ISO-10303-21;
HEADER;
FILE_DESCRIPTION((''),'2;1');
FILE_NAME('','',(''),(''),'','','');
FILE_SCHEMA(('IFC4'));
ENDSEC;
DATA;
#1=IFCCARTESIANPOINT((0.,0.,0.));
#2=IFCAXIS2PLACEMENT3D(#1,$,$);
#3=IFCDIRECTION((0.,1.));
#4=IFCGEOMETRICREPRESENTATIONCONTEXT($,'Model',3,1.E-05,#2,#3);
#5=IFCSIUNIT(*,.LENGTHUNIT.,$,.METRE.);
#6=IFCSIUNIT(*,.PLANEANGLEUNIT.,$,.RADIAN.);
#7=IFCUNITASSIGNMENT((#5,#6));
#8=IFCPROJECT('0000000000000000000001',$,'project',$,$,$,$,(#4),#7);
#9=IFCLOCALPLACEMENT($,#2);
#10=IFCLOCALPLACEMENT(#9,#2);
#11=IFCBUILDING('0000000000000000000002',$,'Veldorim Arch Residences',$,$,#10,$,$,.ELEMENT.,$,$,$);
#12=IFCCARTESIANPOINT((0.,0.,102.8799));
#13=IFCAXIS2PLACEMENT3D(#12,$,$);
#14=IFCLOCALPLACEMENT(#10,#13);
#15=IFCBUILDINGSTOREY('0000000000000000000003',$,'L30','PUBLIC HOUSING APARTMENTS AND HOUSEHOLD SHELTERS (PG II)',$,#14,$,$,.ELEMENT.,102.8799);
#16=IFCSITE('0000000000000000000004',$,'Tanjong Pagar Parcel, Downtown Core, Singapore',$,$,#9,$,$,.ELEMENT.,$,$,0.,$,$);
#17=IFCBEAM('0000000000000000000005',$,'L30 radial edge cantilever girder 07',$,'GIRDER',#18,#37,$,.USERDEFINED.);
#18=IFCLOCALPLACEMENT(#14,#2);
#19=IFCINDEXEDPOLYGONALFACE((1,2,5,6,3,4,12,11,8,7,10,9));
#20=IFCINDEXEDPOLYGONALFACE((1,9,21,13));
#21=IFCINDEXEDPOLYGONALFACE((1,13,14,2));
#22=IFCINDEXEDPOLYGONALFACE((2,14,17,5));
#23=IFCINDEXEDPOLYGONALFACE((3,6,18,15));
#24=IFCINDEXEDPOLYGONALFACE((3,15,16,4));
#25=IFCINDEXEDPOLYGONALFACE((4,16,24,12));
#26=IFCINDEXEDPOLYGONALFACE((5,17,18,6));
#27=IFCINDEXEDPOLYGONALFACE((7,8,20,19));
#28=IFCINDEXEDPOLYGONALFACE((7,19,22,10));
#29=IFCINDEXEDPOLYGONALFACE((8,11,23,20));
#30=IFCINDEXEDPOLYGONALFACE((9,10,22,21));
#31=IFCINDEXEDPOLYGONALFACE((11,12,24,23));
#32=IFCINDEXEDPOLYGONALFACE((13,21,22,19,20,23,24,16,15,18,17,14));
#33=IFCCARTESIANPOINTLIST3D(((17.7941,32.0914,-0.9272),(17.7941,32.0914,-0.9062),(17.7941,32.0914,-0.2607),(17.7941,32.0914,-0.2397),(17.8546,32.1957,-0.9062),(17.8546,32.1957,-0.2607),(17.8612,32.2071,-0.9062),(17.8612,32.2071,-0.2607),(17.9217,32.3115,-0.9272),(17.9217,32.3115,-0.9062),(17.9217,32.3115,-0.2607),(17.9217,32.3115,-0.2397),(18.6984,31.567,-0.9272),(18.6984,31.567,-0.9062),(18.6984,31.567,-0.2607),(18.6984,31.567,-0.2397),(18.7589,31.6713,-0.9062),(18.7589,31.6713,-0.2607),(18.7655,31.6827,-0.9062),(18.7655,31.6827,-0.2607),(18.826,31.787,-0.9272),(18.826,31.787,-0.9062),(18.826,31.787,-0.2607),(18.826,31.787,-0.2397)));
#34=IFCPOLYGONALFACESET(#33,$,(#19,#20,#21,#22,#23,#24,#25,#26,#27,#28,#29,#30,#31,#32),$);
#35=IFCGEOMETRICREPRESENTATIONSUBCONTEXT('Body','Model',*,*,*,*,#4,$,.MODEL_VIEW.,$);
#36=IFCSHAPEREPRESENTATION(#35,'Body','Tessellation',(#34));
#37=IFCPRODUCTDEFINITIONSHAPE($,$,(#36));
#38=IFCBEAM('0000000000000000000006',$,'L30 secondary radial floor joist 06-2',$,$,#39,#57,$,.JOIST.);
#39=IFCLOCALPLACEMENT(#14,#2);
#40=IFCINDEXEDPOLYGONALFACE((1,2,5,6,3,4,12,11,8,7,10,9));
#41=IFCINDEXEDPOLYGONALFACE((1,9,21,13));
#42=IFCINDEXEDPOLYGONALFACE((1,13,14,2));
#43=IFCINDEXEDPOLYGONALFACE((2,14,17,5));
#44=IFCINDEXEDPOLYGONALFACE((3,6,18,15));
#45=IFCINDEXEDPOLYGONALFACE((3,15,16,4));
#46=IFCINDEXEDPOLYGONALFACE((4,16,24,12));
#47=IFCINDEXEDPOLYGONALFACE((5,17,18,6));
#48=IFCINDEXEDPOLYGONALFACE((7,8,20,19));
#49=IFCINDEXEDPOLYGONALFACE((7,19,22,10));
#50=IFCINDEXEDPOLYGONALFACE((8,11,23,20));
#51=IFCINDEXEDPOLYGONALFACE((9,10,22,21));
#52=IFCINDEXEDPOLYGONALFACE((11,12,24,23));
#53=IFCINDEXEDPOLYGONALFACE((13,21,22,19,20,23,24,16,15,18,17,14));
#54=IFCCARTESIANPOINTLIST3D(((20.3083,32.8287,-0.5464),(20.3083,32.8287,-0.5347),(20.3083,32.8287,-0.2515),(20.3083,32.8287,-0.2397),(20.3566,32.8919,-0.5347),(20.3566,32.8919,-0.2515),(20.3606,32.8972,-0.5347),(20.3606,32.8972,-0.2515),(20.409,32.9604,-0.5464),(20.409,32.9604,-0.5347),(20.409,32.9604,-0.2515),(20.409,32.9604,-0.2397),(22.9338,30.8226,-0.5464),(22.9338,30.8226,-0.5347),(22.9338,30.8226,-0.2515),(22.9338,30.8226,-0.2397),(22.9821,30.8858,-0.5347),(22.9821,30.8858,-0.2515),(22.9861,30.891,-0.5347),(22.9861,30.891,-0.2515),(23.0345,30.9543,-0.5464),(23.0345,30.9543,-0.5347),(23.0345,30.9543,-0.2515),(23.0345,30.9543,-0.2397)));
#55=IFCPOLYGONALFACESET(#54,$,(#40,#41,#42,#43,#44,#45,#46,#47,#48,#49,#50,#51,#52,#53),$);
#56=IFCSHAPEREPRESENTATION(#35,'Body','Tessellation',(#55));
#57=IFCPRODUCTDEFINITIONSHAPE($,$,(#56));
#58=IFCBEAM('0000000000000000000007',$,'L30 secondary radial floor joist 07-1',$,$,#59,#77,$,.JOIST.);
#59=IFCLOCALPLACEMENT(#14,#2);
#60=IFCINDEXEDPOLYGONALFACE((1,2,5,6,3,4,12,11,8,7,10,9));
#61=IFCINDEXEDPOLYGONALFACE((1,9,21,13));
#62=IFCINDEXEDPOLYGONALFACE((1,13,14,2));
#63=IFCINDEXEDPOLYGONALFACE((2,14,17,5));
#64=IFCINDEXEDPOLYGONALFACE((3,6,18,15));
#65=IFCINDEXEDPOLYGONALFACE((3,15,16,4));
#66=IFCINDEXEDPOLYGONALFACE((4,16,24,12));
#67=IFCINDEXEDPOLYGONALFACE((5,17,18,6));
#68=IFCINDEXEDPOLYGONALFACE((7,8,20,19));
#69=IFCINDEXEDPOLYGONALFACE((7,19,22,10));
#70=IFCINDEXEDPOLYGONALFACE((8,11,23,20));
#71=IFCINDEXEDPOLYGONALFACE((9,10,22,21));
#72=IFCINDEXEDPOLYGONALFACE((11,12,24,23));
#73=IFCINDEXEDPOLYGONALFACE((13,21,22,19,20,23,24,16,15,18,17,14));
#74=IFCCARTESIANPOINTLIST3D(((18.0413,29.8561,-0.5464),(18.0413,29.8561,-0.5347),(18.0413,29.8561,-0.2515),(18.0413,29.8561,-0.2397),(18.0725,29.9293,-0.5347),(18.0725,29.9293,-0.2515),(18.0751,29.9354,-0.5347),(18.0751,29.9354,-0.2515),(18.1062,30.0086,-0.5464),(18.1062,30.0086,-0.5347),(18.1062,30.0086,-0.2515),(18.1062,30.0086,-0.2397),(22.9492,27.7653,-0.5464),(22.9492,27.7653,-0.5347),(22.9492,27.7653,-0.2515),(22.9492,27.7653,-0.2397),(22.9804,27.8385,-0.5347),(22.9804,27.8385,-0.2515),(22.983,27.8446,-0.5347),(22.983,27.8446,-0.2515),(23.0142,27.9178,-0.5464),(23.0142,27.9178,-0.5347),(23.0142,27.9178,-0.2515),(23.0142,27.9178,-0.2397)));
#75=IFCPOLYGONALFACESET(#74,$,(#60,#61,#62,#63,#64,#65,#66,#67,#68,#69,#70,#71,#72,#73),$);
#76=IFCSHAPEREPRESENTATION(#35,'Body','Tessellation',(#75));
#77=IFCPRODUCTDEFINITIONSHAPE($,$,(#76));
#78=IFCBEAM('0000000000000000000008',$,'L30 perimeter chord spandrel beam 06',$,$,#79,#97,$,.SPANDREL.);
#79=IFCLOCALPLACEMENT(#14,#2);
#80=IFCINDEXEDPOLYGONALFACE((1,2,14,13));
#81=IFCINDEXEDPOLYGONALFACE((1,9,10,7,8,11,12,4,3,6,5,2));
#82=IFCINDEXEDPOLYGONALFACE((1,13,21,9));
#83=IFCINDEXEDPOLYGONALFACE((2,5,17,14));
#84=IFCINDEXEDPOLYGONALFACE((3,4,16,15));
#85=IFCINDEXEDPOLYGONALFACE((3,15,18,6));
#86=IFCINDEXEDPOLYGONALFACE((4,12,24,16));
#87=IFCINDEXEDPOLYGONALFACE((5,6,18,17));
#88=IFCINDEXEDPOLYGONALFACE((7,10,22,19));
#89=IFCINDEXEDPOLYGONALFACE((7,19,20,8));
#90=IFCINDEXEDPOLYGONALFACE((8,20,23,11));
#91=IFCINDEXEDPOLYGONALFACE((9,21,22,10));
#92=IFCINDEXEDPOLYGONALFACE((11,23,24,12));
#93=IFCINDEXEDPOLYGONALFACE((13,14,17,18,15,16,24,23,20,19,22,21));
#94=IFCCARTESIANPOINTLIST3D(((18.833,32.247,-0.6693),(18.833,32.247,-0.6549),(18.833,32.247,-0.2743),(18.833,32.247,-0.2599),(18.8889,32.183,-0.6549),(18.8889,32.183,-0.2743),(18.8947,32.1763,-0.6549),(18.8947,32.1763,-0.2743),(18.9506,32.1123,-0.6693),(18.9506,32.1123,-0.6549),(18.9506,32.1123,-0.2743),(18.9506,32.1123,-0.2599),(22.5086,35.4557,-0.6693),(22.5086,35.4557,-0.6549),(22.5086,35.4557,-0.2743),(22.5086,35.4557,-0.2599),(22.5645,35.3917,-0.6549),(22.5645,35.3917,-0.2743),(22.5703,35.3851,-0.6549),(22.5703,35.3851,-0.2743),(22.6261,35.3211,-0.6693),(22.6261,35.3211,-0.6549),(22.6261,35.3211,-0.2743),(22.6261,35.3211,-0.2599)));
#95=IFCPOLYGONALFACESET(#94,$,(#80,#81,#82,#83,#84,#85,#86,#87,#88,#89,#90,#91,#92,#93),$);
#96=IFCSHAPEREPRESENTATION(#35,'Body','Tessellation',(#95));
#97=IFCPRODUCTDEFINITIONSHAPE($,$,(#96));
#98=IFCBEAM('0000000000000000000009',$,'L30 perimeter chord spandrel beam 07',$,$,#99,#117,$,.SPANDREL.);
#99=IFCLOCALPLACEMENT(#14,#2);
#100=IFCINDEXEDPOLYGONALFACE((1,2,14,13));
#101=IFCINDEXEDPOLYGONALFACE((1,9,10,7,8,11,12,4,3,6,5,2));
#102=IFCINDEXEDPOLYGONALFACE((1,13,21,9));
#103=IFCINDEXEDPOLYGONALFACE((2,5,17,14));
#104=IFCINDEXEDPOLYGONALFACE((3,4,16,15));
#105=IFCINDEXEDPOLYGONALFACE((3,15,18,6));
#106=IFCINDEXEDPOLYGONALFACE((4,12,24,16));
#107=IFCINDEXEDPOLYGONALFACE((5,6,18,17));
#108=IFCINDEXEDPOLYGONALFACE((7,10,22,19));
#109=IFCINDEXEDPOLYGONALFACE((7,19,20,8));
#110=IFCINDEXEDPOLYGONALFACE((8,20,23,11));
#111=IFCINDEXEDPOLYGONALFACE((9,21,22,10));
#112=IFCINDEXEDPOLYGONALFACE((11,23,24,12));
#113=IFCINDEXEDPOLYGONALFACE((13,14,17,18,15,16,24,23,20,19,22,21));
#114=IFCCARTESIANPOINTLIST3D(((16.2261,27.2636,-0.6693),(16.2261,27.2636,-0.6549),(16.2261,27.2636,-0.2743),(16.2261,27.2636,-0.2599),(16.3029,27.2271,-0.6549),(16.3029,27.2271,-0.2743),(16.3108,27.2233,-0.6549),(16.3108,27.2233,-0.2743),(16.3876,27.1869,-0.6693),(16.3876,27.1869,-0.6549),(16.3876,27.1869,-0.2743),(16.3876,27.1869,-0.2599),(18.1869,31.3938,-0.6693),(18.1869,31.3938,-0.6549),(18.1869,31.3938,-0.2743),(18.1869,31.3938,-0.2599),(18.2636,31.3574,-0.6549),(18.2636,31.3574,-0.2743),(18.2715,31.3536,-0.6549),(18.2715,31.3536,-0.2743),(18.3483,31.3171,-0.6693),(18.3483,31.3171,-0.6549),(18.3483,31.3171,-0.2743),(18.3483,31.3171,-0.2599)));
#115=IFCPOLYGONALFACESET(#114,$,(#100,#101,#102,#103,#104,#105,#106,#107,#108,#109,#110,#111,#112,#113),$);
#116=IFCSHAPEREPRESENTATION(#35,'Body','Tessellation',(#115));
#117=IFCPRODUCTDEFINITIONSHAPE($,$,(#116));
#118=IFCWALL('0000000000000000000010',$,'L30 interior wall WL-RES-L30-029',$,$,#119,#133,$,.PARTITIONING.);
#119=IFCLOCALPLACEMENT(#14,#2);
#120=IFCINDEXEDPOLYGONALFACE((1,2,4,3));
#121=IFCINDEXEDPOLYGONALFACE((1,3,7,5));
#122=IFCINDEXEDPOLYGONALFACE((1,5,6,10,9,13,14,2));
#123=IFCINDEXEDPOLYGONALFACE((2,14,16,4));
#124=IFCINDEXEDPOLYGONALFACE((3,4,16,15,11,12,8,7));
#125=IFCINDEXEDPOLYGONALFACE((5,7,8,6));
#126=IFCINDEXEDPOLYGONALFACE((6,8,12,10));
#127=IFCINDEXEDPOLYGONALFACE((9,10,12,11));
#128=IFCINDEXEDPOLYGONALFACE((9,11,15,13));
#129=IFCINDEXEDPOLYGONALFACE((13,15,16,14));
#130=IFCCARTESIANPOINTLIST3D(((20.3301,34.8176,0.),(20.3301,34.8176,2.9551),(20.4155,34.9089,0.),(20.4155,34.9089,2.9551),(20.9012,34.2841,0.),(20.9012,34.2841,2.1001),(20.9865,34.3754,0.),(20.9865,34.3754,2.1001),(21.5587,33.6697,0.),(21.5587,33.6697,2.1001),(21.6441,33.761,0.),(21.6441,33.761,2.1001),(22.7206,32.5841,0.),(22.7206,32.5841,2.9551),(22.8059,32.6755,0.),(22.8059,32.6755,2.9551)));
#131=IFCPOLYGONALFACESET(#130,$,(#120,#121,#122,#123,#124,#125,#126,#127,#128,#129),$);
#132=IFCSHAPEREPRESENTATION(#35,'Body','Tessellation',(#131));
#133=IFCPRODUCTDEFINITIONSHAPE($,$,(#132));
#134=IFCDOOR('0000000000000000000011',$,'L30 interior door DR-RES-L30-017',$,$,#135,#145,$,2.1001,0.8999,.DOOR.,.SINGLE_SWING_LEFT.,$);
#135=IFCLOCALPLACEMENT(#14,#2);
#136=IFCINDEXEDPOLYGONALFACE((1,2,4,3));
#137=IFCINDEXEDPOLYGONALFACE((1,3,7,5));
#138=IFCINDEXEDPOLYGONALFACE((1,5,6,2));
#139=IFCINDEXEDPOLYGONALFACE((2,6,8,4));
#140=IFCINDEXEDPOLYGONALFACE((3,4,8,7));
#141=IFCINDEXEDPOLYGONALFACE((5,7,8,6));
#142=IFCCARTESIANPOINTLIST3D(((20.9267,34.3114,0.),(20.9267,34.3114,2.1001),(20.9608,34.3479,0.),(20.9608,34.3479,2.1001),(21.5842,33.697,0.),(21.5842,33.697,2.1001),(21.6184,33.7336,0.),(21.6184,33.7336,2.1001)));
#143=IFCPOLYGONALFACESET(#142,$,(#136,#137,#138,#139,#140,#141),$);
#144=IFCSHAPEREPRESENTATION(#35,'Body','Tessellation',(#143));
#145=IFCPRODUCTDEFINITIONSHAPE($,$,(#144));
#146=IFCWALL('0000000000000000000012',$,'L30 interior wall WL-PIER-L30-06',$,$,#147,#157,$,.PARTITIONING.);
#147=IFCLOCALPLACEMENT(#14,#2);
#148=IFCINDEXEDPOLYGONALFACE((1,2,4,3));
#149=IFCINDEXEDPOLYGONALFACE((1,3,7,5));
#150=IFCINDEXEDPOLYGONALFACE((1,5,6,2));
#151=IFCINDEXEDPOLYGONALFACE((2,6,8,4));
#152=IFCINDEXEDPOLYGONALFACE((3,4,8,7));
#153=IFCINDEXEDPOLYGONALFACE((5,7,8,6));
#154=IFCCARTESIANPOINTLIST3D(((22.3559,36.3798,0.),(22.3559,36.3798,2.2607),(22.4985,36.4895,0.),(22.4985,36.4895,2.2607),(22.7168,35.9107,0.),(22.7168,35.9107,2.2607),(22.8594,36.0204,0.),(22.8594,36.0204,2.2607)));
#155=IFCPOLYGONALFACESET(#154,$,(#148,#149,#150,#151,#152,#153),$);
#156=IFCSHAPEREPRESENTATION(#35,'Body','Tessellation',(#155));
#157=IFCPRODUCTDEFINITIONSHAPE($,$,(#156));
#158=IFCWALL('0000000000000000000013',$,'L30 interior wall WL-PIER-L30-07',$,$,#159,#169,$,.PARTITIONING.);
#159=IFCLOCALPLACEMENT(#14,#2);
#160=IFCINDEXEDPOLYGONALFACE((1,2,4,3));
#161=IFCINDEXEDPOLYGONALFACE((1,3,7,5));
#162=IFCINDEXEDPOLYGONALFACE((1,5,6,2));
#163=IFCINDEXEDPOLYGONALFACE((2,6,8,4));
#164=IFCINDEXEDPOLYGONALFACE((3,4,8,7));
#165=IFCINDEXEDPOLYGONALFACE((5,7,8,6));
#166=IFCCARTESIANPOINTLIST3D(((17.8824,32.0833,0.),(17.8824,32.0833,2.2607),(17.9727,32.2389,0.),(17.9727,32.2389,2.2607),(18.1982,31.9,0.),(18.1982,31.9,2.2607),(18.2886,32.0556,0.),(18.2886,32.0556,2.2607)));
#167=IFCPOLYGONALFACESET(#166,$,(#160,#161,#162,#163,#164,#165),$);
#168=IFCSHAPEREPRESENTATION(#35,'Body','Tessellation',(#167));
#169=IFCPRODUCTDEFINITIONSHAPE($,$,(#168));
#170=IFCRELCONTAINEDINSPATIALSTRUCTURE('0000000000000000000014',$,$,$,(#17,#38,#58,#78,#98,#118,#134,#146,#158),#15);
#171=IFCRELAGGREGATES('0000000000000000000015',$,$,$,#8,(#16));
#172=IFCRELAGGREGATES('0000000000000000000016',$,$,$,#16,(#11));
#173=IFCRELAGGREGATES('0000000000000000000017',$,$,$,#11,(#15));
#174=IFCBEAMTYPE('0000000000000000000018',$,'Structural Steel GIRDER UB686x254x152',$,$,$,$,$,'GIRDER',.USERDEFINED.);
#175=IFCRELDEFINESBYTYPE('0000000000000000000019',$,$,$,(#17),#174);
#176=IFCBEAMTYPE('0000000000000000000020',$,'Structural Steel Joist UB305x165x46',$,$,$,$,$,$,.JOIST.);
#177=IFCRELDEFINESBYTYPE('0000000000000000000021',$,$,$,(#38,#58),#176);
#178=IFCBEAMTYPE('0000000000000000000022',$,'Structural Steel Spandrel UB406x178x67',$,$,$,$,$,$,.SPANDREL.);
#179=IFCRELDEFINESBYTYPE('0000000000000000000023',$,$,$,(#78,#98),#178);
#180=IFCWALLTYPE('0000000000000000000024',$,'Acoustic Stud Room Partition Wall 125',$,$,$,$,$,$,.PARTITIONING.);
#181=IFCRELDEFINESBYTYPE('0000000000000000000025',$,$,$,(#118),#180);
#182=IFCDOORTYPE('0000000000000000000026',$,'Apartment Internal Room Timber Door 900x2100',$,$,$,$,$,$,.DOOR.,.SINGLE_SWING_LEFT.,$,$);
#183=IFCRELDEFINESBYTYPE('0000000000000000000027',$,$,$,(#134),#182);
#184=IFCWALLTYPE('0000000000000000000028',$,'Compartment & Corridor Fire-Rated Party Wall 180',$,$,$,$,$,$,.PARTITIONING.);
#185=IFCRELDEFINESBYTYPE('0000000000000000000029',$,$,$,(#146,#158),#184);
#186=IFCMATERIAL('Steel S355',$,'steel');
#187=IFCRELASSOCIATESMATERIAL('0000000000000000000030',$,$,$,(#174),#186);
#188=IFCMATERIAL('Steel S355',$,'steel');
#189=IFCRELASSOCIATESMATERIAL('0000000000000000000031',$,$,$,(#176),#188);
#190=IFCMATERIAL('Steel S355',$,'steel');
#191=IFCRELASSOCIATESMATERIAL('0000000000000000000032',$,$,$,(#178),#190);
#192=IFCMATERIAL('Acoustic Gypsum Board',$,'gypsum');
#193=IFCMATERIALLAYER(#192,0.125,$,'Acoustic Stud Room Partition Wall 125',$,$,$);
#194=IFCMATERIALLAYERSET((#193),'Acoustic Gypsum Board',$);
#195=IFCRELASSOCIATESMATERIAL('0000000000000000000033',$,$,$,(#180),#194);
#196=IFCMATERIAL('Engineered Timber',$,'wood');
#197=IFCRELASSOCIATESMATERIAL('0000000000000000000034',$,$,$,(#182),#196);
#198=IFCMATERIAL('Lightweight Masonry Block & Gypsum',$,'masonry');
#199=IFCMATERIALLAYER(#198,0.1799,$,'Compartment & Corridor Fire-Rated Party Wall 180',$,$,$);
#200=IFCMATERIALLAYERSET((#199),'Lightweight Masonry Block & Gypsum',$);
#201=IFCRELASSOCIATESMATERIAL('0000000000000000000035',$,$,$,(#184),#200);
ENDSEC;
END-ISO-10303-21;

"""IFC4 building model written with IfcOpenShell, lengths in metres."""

from ifc_helpers import new_model, si_unit, direction, frame, frame_2d, origin, origin_2d, place, context, subcontext, project, spatial, rectangle, i_section, extrude, material, layer, layer_set, material_profile, profile_set, type_object, element, fill, save


model = new_model("IFC4")

# Units and contexts
model_context = context("Model", 3, precision=1e-05, world=origin(), true_north=direction((0.0, 1.0)))
body_context = subcontext(model_context, "Body", "Model", "MODEL_VIEW")
ifc_project = project(units=[si_unit("LENGTHUNIT", "METRE"), si_unit("PLANEANGLEUNIT", "RADIAN")], contexts=[model_context])

# Site, building, storey
site_placement = place(None, origin())
site = spatial("IfcSite", under=ifc_project, at=site_placement, Name="Tanjong Pagar Parcel, Downtown Core, Singapore", CompositionType="ELEMENT", RefElevation=0.0)
building_placement = place(site_placement, origin())
building = spatial("IfcBuilding", under=site, at=building_placement, Name="Veldorim Arch Residences", CompositionType="ELEMENT")
storey_placement = place(building_placement, frame((0.0, 0.0, 102.8799)))
storey = spatial("IfcBuildingStorey", under=building, at=storey_placement, Name="L30", Description="PUBLIC HOUSING APARTMENTS AND HOUSEHOLD SHELTERS (PG II)", CompositionType="ELEMENT", Elevation=102.8799)

# Beams
ifc_material_1 = material(Name="Steel S355", Category="steel")
ifc_material_profile_1 = material_profile(ifc_material_1, i_section(OverallWidth=0.2544, OverallDepth=0.6875, WebThickness=0.0132, FlangeThickness=0.021, at=origin_2d()), Name="UB686x254x152")
ifc_profile_set_1 = profile_set([ifc_material_profile_1], Name="Steel S355")
beam_type_1 = type_object("IfcBeamType", Name="Structural Steel GIRDER UB686x254x152", ElementType="GIRDER", PredefinedType="USERDEFINED", material=ifc_profile_set_1)
beam_1_placement = place(storey_placement, frame((18.7622, 31.677, -0.5835), z_axis=(-0.865064, 0.501662, 0.0), x_axis=(-0.501662, -0.865064, 0.0)))
element("IfcBeam", 1, at=beam_1_placement, inside=storey, type_object=beam_type_1, Name="L30 radial edge cantilever girder 07", ObjectType="GIRDER", PredefinedType="USERDEFINED", context=body_context, shape_type="SweptSolid", body=[
    extrude(i_section(OverallWidth=0.2544, OverallDepth=0.6875, WebThickness=0.0132, FlangeThickness=0.021, at=origin_2d()), origin(), (0.0, 0.0, 1.0), 1.0454),
])
ifc_material_2 = material(Name="Steel S355", Category="steel")
ifc_material_profile_2 = material_profile(ifc_material_2, i_section(OverallWidth=0.1658, OverallDepth=0.3066, WebThickness=0.0066, FlangeThickness=0.0117, at=origin_2d()), Name="UB305x165x46")
ifc_profile_set_2 = profile_set([ifc_material_profile_2], Name="Steel S355")
beam_type_2 = type_object("IfcBeamType", Name="Structural Steel Joist UB305x165x46", PredefinedType="JOIST", material=ifc_profile_set_2)
beam_2_placement = place(storey_placement, frame((22.9841, 30.8884, -0.3931), z_axis=(-0.794595, 0.60714, 0.0), x_axis=(-0.60714, -0.794595, 0.0)))
element("IfcBeam", 2, at=beam_2_placement, inside=storey, type_object=beam_type_2, Name="L30 secondary radial floor joist 06-2", PredefinedType="JOIST", context=body_context, shape_type="SweptSolid", body=[
    extrude(i_section(OverallWidth=0.1658, OverallDepth=0.3066, WebThickness=0.0066, FlangeThickness=0.0117, at=origin_2d()), origin(), (0.0, 0.0, 1.0), 3.3042),
])
beam_3_placement = place(storey_placement, frame((22.9817, 27.8416, -0.3931), z_axis=(-0.919997, 0.391924, 0.0), x_axis=(-0.391924, -0.919997, 0.0)))
element("IfcBeam", 3, at=beam_3_placement, inside=storey, type_object=beam_type_2, Name="L30 secondary radial floor joist 07-1", PredefinedType="JOIST", context=body_context, shape_type="SweptSolid", body=[
    extrude(i_section(OverallWidth=0.1658, OverallDepth=0.3066, WebThickness=0.0066, FlangeThickness=0.0117, at=origin_2d()), origin(), (0.0, 0.0, 1.0), 5.3347),
])
ifc_material_3 = material(Name="Steel S355", Category="steel")
ifc_material_profile_3 = material_profile(ifc_material_3, i_section(OverallWidth=0.1787, OverallDepth=0.4094, WebThickness=0.0088, FlangeThickness=0.0144, at=origin_2d()), Name="UB406x178x67")
ifc_profile_set_3 = profile_set([ifc_material_profile_3], Name="Steel S355")
beam_type_3 = type_object("IfcBeamType", Name="Structural Steel Spandrel UB406x178x67", PredefinedType="SPANDREL", material=ifc_profile_set_3)
beam_4_placement = place(storey_placement, frame((22.5674, 35.3884, -0.4646), z_axis=(-0.753323, -0.65765, 0.0), x_axis=(0.65765, -0.753323, 0.0)))
element("IfcBeam", 4, at=beam_4_placement, inside=storey, type_object=beam_type_3, Name="L30 perimeter chord spandrel beam 06", PredefinedType="SPANDREL", context=body_context, shape_type="SweptSolid", body=[
    extrude(i_section(OverallWidth=0.1787, OverallDepth=0.4094, WebThickness=0.0088, FlangeThickness=0.0144, at=origin_2d()), origin(), (0.0, 0.0, 1.0), 4.8792),
])
beam_5_placement = place(storey_placement, frame((18.2676, 31.3555, -0.4646), z_axis=(-0.428857, -0.903372, 0.0), x_axis=(0.903372, -0.428857, 0.0)))
element("IfcBeam", 5, at=beam_5_placement, inside=storey, type_object=beam_type_3, Name="L30 perimeter chord spandrel beam 07", PredefinedType="SPANDREL", context=body_context, shape_type="SweptSolid", body=[
    extrude(i_section(OverallWidth=0.1787, OverallDepth=0.4094, WebThickness=0.0088, FlangeThickness=0.0144, at=origin_2d()), origin(), (0.0, 0.0, 1.0), 4.572),
])

# Wall, opening, door
ifc_material_4 = material(Name="Acoustic Gypsum Board", Category="gypsum")
ifc_layer_1 = layer(ifc_material_4, 0.125, Name="Acoustic Stud Room Partition Wall 125")
ifc_layer_set_1 = layer_set([ifc_layer_1], Name="Acoustic Gypsum Board")
wall_type_1 = type_object("IfcWallType", Name="Acoustic Stud Room Partition Wall 125", PredefinedType="PARTITIONING", material=ifc_layer_set_1)
wall_1_placement = place(storey_placement, frame((20.3728, 34.8633, 0.0), z_axis=(0.0, 0.0, 1.0), x_axis=(0.730693, -0.682706, 0.0)))
wall_1 = element("IfcWall", 6, at=wall_1_placement, inside=storey, type_object=wall_type_1, Name="L30 interior wall WL-RES-L30-029", PredefinedType="PARTITIONING", context=body_context, shape_type="SweptSolid", body=[
    extrude(rectangle(XDim=3.2715, YDim=0.125, at=frame_2d((1.6357, 0.0))), origin(), (0.0, 0.0, 1.0), 2.9551),
])
opening_1_placement = place(wall_1_placement, frame((0.7815, 0.0, 0.0)))
opening_1 = element("IfcOpeningElement", 7, at=opening_1_placement, cuts=wall_1, PredefinedType="OPENING", context=body_context, shape_type="SweptSolid", body=[
    extrude(rectangle(XDim=0.8999, YDim=2.1001, at=frame_2d((0.45, 1.05))), frame((0.0, 0.0725, 0.0), z_axis=(0.0, -1.0, 0.0), x_axis=(1.0, 0.0, 0.0)), (0.0, 0.0, 1.0), 0.145),
])
ifc_material_5 = material(Name="Engineered Timber", Category="wood")
door_type_1 = type_object("IfcDoorType", Name="Apartment Internal Room Timber Door 900x2100", OperationType="SINGLE_SWING_LEFT", PredefinedType="DOOR", material=ifc_material_5)
door_1_placement = place(opening_1_placement, origin())
door_1 = element("IfcDoor", 8, at=door_1_placement, inside=storey, type_object=door_type_1, Name="L30 interior door DR-RES-L30-017", OperationType="SINGLE_SWING_LEFT", OverallHeight=2.1001, OverallWidth=0.8999, PredefinedType="DOOR", context=body_context, shape_type="SweptSolid", body=[
    extrude(rectangle(XDim=0.8999, YDim=2.1001, at=frame_2d((0.45, 1.05))), frame((0.0, 0.0249, 0.0), z_axis=(0.0, -1.0, 0.0), x_axis=(1.0, 0.0, 0.0)), (0.0, 0.0, 1.0), 0.05),
])
fill(opening_1, door_1)

# Walls
ifc_material_6 = material(Name="Lightweight Masonry Block & Gypsum", Category="masonry")
ifc_layer_2 = layer(ifc_material_6, 0.1799, Name="Compartment & Corridor Fire-Rated Party Wall 180")
ifc_layer_set_2 = layer_set([ifc_layer_2], Name="Lightweight Masonry Block & Gypsum")
wall_type_2 = type_object("IfcWallType", Name="Compartment & Corridor Fire-Rated Party Wall 180", PredefinedType="PARTITIONING", material=ifc_layer_set_2)
wall_2_placement = place(storey_placement, frame((22.7881, 35.9656, 0.0), z_axis=(0.0, 0.0, 1.0), x_axis=(-0.609791, 0.792563, 0.0)))
element("IfcWall", 9, at=wall_2_placement, inside=storey, type_object=wall_type_2, Name="L30 interior wall WL-PIER-L30-06", PredefinedType="PARTITIONING", context=body_context, shape_type="SweptSolid", body=[
    extrude(rectangle(XDim=0.5918, YDim=0.1799, at=frame_2d((0.2959, 0.0))), origin(), (0.0, 0.0, 1.0), 2.2607),
])
wall_3_placement = place(storey_placement, frame((18.2434, 31.9778, 0.0), z_axis=(0.0, 0.0, 1.0), x_axis=(-0.864892, 0.501958, 0.0)))
element("IfcWall", 10, at=wall_3_placement, inside=storey, type_object=wall_type_2, Name="L30 interior wall WL-PIER-L30-07", PredefinedType="PARTITIONING", context=body_context, shape_type="SweptSolid", body=[
    extrude(rectangle(XDim=0.3652, YDim=0.1799, at=frame_2d((0.1826, 0.0))), origin(), (0.0, 0.0, 1.0), 2.2607),
])

save(model, "model.ifc")
